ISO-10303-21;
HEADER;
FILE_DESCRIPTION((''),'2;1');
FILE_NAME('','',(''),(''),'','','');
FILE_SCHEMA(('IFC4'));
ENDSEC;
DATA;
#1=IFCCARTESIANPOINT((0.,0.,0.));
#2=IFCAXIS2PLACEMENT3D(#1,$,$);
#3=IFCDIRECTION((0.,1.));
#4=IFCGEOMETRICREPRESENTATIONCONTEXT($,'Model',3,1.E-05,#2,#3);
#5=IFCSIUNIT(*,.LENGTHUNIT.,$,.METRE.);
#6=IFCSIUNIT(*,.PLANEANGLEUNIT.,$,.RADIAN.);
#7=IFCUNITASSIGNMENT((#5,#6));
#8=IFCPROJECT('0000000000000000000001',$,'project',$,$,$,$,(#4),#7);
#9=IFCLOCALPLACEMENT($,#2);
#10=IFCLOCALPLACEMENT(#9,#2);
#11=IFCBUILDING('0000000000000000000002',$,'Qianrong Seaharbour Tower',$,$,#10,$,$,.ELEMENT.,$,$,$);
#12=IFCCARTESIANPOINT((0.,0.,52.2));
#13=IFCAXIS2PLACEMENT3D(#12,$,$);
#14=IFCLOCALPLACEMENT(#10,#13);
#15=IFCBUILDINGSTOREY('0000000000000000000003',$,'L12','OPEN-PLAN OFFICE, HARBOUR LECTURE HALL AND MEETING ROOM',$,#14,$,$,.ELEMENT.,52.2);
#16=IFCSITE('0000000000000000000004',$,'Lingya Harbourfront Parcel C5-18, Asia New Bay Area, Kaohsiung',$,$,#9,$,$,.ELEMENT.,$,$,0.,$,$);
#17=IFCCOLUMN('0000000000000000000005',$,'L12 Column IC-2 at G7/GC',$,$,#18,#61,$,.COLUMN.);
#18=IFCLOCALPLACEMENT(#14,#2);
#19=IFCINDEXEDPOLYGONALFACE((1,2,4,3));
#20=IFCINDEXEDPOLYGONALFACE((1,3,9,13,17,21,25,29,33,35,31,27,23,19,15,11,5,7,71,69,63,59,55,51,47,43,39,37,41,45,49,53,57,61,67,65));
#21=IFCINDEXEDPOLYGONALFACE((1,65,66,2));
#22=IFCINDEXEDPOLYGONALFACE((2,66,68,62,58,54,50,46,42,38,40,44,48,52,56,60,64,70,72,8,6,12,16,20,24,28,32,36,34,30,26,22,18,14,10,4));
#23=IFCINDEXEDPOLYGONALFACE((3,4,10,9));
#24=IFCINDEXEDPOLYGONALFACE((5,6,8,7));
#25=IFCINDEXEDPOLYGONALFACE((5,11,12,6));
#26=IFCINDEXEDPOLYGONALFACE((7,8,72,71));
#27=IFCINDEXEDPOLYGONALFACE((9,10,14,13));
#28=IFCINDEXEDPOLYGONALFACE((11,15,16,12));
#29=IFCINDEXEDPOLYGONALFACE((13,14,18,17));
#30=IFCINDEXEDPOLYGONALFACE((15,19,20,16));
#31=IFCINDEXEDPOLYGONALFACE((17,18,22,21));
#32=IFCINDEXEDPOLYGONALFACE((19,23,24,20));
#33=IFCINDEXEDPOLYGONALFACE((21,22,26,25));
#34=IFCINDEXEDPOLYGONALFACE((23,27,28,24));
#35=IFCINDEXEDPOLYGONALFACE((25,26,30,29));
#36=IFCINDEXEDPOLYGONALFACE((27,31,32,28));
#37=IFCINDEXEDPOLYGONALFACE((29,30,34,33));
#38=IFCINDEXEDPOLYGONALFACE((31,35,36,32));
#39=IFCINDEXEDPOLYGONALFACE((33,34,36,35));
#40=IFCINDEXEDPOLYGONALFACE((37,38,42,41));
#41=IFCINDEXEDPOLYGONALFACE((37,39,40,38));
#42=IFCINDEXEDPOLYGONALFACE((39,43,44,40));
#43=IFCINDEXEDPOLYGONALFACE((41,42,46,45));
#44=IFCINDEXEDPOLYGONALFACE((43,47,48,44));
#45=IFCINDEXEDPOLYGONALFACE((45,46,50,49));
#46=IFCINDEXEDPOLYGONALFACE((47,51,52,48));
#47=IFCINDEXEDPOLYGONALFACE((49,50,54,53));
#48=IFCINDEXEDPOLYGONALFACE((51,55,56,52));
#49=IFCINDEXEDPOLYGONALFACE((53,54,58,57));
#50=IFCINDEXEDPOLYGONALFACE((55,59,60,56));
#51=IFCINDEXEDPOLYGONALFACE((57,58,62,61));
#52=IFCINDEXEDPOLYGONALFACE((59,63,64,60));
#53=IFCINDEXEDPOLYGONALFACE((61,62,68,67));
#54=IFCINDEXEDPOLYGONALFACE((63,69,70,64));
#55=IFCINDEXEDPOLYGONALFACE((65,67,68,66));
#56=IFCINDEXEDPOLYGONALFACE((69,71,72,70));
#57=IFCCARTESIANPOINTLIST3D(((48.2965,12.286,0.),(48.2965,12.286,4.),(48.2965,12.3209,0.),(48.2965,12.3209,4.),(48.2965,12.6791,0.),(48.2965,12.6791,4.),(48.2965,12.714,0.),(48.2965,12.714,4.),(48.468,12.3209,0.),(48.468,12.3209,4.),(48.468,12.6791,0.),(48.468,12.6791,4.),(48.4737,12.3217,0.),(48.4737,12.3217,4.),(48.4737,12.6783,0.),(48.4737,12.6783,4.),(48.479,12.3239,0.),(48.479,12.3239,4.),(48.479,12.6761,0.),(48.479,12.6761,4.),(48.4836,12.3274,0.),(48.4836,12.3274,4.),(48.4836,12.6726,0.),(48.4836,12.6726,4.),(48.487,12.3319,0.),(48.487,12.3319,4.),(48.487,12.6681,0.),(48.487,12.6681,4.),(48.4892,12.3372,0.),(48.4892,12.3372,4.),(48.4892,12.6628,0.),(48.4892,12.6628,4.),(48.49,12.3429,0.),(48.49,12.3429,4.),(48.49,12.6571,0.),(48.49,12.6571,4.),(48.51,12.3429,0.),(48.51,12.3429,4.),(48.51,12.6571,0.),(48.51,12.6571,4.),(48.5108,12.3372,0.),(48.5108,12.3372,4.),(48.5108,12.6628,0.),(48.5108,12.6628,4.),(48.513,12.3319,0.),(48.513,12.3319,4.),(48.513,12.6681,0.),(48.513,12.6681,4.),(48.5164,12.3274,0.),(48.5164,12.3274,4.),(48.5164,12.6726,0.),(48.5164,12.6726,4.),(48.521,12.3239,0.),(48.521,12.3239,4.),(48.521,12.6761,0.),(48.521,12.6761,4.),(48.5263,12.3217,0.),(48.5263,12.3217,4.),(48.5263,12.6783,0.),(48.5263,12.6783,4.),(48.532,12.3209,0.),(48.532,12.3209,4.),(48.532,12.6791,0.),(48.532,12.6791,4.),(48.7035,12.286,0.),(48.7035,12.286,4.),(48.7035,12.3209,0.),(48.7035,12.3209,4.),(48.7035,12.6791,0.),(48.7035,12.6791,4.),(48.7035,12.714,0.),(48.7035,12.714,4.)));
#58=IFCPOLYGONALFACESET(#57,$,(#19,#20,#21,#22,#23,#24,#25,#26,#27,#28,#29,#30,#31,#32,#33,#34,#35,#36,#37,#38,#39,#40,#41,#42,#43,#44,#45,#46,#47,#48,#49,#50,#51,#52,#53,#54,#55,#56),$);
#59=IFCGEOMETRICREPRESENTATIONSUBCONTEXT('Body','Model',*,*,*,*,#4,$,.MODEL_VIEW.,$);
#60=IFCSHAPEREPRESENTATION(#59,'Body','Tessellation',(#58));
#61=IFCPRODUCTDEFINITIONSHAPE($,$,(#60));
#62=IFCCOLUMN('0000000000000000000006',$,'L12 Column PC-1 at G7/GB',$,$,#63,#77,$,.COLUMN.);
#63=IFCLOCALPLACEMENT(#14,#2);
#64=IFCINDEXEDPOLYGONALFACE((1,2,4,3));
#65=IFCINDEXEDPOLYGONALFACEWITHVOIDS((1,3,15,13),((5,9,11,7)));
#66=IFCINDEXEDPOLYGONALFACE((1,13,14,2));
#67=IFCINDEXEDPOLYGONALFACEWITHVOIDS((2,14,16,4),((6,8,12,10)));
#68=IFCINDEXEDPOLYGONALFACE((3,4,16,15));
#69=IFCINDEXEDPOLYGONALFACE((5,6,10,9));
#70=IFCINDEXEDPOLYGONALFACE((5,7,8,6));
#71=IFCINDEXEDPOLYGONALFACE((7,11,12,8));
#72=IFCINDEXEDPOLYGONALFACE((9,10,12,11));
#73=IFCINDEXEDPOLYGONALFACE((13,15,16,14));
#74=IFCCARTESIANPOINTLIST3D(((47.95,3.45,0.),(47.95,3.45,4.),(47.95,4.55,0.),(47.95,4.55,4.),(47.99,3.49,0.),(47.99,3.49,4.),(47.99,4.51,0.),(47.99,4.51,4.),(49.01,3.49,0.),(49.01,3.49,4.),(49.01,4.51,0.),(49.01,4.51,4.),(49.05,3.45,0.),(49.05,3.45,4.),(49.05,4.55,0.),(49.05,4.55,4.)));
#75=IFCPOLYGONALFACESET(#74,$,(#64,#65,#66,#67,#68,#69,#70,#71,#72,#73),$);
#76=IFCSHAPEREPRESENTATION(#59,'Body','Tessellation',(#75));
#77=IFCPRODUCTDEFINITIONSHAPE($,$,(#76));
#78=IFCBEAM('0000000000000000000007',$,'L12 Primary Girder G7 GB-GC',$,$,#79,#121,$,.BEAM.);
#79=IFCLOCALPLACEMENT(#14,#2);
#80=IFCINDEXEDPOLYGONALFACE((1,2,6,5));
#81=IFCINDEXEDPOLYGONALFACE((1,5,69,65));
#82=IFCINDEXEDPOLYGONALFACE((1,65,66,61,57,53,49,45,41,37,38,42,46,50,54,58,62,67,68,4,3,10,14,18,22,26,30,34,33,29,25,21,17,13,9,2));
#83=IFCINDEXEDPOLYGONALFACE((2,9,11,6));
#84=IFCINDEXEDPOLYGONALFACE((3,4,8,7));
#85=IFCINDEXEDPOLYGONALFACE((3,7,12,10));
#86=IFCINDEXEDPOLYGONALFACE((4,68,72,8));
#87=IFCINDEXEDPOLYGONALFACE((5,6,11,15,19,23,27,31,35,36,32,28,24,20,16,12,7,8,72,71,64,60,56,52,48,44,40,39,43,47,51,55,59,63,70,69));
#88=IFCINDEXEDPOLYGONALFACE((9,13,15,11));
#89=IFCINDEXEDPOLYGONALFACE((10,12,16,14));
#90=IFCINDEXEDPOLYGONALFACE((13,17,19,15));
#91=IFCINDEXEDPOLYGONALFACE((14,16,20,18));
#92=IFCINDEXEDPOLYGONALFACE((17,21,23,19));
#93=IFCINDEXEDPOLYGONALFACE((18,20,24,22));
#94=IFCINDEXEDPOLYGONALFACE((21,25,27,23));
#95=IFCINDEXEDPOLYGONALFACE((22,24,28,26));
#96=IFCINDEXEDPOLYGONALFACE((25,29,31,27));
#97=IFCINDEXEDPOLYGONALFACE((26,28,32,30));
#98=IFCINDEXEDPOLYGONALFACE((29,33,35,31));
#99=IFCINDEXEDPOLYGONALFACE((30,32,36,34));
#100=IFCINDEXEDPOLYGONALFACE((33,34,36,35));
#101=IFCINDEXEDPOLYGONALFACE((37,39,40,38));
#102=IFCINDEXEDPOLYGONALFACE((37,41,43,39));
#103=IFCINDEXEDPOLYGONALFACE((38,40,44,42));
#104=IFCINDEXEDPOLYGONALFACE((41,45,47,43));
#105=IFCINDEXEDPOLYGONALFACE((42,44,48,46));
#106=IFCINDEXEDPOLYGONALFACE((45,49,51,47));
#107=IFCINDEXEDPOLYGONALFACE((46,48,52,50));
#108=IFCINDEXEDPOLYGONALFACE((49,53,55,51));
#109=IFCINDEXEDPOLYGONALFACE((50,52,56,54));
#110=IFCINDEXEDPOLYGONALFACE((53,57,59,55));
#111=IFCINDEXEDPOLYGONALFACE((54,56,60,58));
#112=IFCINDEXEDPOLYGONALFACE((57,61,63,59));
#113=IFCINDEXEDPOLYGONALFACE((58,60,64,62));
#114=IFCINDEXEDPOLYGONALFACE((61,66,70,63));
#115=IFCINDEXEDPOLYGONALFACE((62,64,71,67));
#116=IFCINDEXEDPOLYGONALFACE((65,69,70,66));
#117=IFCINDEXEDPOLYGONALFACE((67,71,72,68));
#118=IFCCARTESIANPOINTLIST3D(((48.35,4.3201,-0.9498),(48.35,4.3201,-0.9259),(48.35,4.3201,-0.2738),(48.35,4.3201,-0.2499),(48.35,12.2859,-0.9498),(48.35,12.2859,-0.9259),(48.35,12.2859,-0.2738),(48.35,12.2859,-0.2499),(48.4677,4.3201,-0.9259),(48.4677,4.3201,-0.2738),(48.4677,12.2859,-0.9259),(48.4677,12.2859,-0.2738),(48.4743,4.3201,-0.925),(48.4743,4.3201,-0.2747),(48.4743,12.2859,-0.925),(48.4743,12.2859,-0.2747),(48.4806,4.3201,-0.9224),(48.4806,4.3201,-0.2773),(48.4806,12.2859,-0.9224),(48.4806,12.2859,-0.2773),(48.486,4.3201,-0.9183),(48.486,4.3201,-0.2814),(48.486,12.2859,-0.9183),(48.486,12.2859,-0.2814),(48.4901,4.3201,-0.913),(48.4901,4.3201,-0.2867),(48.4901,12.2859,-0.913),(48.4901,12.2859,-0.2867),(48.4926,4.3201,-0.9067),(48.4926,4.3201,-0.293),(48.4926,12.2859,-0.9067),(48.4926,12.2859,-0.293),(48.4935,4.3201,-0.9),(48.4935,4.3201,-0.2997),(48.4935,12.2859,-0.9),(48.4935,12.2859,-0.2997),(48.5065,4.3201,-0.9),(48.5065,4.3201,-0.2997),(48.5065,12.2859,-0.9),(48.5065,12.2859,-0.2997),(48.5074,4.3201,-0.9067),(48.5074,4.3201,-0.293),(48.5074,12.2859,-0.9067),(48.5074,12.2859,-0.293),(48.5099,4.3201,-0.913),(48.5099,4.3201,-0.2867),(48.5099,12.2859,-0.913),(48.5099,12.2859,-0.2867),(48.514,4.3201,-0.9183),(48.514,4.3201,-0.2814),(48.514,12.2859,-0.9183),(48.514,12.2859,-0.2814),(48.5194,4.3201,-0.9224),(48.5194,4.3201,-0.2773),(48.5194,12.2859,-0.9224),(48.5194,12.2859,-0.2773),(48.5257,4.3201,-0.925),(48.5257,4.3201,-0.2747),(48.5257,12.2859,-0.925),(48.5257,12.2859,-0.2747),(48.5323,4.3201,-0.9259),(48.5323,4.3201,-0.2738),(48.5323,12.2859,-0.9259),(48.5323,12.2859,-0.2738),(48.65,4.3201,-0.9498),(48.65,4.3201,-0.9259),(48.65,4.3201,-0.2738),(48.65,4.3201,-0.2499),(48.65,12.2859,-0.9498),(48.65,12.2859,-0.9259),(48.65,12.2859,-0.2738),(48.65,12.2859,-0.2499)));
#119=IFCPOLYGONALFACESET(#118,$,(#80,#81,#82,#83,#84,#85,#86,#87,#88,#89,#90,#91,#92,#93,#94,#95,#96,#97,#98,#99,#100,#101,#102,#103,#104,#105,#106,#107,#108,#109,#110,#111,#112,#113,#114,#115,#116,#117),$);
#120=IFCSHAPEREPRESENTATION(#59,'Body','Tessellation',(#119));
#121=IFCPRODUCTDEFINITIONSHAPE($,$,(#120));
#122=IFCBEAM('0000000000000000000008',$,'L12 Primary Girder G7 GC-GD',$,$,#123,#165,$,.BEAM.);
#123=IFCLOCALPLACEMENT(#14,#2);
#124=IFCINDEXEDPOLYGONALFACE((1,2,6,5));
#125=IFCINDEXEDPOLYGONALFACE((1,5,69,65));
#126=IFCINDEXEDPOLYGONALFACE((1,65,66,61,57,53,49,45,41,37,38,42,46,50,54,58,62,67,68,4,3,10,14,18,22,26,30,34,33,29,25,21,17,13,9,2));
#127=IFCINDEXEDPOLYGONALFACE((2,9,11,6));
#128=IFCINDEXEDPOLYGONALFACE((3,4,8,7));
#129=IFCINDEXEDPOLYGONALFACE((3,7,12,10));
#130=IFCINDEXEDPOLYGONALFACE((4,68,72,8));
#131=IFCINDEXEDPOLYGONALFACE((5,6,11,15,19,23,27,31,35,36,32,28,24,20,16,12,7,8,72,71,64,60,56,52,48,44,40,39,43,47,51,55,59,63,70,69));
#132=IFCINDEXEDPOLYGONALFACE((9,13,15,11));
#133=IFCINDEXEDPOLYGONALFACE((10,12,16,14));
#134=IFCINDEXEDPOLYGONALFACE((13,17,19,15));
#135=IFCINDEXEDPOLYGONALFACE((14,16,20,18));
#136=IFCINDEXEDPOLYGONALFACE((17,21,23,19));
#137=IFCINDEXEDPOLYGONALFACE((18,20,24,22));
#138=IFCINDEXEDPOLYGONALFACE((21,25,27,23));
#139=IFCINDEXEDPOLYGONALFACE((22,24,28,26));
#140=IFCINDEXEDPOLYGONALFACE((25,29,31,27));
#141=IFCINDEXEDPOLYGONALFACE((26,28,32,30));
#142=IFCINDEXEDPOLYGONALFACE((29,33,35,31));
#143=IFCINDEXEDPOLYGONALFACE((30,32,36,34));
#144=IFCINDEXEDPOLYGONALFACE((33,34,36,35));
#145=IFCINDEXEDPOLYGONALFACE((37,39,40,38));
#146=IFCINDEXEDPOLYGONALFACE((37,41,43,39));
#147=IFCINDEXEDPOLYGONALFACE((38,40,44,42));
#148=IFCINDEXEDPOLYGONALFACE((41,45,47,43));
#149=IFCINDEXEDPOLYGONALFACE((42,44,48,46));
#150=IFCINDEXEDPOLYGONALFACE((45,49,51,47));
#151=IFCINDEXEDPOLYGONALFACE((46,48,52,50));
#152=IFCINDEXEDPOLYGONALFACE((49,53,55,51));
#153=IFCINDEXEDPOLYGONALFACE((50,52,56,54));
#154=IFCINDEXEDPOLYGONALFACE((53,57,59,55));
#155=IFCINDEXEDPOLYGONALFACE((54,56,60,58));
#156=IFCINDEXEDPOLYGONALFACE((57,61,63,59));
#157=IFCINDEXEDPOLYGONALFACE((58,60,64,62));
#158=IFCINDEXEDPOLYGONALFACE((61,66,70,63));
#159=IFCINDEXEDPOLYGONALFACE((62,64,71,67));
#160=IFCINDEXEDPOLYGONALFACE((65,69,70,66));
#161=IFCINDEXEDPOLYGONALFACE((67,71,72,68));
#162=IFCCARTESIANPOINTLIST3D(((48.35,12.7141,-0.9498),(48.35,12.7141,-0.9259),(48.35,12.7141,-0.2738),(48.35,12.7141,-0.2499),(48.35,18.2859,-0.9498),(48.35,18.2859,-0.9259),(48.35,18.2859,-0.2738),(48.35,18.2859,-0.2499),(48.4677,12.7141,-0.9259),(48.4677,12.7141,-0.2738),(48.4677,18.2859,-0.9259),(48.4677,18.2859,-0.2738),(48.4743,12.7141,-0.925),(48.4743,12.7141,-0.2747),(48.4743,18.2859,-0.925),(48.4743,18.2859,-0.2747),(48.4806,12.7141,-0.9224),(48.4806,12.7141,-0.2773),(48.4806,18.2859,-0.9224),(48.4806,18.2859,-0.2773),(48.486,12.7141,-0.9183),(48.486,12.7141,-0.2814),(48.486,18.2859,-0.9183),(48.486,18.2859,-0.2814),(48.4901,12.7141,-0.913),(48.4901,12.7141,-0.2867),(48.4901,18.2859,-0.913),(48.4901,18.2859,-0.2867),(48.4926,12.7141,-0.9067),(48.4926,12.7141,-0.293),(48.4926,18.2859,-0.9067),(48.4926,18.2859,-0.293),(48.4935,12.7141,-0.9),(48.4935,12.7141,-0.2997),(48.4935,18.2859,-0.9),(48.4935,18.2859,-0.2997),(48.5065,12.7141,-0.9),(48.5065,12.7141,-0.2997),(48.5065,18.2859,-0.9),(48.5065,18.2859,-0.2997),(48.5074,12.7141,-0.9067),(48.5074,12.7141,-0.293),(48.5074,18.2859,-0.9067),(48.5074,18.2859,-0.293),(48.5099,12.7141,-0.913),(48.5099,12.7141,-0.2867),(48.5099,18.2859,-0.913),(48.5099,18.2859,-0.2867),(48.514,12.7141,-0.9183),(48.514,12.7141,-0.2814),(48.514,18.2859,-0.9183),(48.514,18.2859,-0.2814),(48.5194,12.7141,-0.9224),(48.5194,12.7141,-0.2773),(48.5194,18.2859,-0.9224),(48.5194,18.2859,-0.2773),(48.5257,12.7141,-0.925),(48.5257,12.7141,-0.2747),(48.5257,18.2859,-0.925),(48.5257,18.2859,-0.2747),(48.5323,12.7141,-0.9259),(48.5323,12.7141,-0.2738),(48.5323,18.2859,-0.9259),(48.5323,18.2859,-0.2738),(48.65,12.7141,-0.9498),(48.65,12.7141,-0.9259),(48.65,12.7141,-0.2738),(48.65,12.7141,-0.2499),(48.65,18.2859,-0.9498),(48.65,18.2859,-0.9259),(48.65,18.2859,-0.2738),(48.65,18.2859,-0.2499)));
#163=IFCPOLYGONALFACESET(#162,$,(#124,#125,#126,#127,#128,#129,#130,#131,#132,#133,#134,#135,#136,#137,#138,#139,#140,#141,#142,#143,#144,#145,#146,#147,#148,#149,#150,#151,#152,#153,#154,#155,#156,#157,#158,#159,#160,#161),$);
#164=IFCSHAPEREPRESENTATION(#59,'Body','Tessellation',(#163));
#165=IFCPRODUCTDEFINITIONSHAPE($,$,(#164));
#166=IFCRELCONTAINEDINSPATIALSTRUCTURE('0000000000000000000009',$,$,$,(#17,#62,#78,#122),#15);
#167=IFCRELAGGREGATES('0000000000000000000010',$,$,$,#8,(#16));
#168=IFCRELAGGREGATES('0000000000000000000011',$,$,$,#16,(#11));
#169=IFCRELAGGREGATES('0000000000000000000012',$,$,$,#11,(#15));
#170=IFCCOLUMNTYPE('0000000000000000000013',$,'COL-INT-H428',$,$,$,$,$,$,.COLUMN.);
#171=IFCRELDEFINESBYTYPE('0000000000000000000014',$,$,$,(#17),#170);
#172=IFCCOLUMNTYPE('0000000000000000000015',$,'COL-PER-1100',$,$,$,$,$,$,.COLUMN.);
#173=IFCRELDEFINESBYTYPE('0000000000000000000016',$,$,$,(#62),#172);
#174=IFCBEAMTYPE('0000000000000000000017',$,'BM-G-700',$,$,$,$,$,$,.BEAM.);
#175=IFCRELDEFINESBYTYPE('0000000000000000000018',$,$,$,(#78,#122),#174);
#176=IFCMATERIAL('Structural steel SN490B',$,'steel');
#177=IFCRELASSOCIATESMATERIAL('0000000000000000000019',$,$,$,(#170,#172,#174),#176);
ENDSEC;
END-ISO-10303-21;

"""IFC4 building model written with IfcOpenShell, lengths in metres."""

from ifc_helpers import new_model, si_unit, direction, frame, origin, origin_2d, place, context, subcontext, project, spatial, hollow_rectangle, i_section, extrude, material, material_profile, profile_set, type_object, element, save


model = new_model("IFC4")

# Units and contexts
model_context = context("Model", 3, precision=1e-05, world=origin(), true_north=direction((0.0, 1.0)))
body_context = subcontext(model_context, "Body", "Model", "MODEL_VIEW")
ifc_project = project(units=[si_unit("LENGTHUNIT", "METRE"), si_unit("PLANEANGLEUNIT", "RADIAN")], contexts=[model_context])

# Site, building, storey
site_placement = place(None, origin())
site = spatial("IfcSite", under=ifc_project, at=site_placement, Name="Lingya Harbourfront Parcel C5-18, Asia New Bay Area, Kaohsiung", CompositionType="ELEMENT", RefElevation=0.0)
building_placement = place(site_placement, origin())
building = spatial("IfcBuilding", under=site, at=building_placement, Name="Qianrong Seaharbour Tower", CompositionType="ELEMENT")
storey_placement = place(building_placement, frame((0.0, 0.0, 52.2)))
storey = spatial("IfcBuildingStorey", under=building, at=storey_placement, Name="L12", Description="OPEN-PLAN OFFICE, HARBOUR LECTURE HALL AND MEETING ROOM", CompositionType="ELEMENT", Elevation=52.2)

# Columns
ifc_material_1 = material(Name="Structural steel SN490B", Category="steel")
ifc_material_profile_1 = material_profile(ifc_material_1, i_section(OverallWidth=0.407, OverallDepth=0.428, WebThickness=0.02, FlangeThickness=0.0349, FilletRadius=0.022, at=origin_2d()), Name="H428x407x20x35")
ifc_profile_set_1 = profile_set([ifc_material_profile_1], Name="Structural steel SN490B")
column_type_1 = type_object("IfcColumnType", Name="COL-INT-H428", PredefinedType="COLUMN", material=ifc_profile_set_1)
column_1_placement = place(storey_placement, frame((48.5, 12.5, 0.0), z_axis=(0.0, 0.0, 1.0), x_axis=(1.0, 0.0, 0.0)))
element("IfcColumn", 1, at=column_1_placement, inside=storey, type_object=column_type_1, Name="L12 Column IC-2 at G7/GC", PredefinedType="COLUMN", context=body_context, shape_type="SweptSolid", body=[
    extrude(i_section(OverallWidth=0.407, OverallDepth=0.428, WebThickness=0.02, FlangeThickness=0.0349, FilletRadius=0.022, at=origin_2d()), origin(), (0.0, 0.0, 1.0), 4.0),
])
ifc_material_profile_2 = material_profile(ifc_material_1, hollow_rectangle(XDim=1.1001, YDim=1.1001, WallThickness=0.04, at=origin_2d()), Name="BOX1100x1100x40")
ifc_profile_set_2 = profile_set([ifc_material_profile_2], Name="Structural steel SN490B")
column_type_2 = type_object("IfcColumnType", Name="COL-PER-1100", PredefinedType="COLUMN", material=ifc_profile_set_2)
column_2_placement = place(storey_placement, frame((48.5, 4.0, 0.0), z_axis=(0.0, 0.0, 1.0), x_axis=(1.0, 0.0, 0.0)))
element("IfcColumn", 2, at=column_2_placement, inside=storey, type_object=column_type_2, Name="L12 Column PC-1 at G7/GB", PredefinedType="COLUMN", context=body_context, shape_type="SweptSolid", body=[
    extrude(hollow_rectangle(XDim=1.1001, YDim=1.1001, WallThickness=0.04, at=origin_2d()), origin(), (0.0, 0.0, 1.0), 4.0),
])

# Beams
ifc_material_profile_3 = material_profile(ifc_material_1, i_section(OverallWidth=0.3, OverallDepth=0.7, WebThickness=0.0129, FlangeThickness=0.0239, FilletRadius=0.0259, at=origin_2d()), Name="H700x300x13x24")
ifc_profile_set_3 = profile_set([ifc_material_profile_3], Name="Structural steel SN490B")
beam_type_1 = type_object("IfcBeamType", Name="BM-G-700", PredefinedType="BEAM", material=ifc_profile_set_3)
beam_1_placement = place(storey_placement, frame((48.5, 4.3201, -0.5999), z_axis=(0.0, 1.0, 0.0), x_axis=(-1.0, 0.0, 0.0)))
element("IfcBeam", 3, at=beam_1_placement, inside=storey, type_object=beam_type_1, Name="L12 Primary Girder G7 GB-GC", PredefinedType="BEAM", context=body_context, shape_type="SweptSolid", body=[
    extrude(i_section(OverallWidth=0.3, OverallDepth=0.7, WebThickness=0.0129, FlangeThickness=0.0239, FilletRadius=0.0259, at=origin_2d()), origin(), (0.0, 0.0, 1.0), 7.9658),
])
beam_2_placement = place(storey_placement, frame((48.5, 12.7141, -0.5999), z_axis=(0.0, 1.0, 0.0), x_axis=(-1.0, 0.0, 0.0)))
element("IfcBeam", 4, at=beam_2_placement, inside=storey, type_object=beam_type_1, Name="L12 Primary Girder G7 GC-GD", PredefinedType="BEAM", context=body_context, shape_type="SweptSolid", body=[
    extrude(i_section(OverallWidth=0.3, OverallDepth=0.7, WebThickness=0.0129, FlangeThickness=0.0239, FilletRadius=0.0259, at=origin_2d()), origin(), (0.0, 0.0, 1.0), 5.5718),
])

save(model, "model.ifc")
